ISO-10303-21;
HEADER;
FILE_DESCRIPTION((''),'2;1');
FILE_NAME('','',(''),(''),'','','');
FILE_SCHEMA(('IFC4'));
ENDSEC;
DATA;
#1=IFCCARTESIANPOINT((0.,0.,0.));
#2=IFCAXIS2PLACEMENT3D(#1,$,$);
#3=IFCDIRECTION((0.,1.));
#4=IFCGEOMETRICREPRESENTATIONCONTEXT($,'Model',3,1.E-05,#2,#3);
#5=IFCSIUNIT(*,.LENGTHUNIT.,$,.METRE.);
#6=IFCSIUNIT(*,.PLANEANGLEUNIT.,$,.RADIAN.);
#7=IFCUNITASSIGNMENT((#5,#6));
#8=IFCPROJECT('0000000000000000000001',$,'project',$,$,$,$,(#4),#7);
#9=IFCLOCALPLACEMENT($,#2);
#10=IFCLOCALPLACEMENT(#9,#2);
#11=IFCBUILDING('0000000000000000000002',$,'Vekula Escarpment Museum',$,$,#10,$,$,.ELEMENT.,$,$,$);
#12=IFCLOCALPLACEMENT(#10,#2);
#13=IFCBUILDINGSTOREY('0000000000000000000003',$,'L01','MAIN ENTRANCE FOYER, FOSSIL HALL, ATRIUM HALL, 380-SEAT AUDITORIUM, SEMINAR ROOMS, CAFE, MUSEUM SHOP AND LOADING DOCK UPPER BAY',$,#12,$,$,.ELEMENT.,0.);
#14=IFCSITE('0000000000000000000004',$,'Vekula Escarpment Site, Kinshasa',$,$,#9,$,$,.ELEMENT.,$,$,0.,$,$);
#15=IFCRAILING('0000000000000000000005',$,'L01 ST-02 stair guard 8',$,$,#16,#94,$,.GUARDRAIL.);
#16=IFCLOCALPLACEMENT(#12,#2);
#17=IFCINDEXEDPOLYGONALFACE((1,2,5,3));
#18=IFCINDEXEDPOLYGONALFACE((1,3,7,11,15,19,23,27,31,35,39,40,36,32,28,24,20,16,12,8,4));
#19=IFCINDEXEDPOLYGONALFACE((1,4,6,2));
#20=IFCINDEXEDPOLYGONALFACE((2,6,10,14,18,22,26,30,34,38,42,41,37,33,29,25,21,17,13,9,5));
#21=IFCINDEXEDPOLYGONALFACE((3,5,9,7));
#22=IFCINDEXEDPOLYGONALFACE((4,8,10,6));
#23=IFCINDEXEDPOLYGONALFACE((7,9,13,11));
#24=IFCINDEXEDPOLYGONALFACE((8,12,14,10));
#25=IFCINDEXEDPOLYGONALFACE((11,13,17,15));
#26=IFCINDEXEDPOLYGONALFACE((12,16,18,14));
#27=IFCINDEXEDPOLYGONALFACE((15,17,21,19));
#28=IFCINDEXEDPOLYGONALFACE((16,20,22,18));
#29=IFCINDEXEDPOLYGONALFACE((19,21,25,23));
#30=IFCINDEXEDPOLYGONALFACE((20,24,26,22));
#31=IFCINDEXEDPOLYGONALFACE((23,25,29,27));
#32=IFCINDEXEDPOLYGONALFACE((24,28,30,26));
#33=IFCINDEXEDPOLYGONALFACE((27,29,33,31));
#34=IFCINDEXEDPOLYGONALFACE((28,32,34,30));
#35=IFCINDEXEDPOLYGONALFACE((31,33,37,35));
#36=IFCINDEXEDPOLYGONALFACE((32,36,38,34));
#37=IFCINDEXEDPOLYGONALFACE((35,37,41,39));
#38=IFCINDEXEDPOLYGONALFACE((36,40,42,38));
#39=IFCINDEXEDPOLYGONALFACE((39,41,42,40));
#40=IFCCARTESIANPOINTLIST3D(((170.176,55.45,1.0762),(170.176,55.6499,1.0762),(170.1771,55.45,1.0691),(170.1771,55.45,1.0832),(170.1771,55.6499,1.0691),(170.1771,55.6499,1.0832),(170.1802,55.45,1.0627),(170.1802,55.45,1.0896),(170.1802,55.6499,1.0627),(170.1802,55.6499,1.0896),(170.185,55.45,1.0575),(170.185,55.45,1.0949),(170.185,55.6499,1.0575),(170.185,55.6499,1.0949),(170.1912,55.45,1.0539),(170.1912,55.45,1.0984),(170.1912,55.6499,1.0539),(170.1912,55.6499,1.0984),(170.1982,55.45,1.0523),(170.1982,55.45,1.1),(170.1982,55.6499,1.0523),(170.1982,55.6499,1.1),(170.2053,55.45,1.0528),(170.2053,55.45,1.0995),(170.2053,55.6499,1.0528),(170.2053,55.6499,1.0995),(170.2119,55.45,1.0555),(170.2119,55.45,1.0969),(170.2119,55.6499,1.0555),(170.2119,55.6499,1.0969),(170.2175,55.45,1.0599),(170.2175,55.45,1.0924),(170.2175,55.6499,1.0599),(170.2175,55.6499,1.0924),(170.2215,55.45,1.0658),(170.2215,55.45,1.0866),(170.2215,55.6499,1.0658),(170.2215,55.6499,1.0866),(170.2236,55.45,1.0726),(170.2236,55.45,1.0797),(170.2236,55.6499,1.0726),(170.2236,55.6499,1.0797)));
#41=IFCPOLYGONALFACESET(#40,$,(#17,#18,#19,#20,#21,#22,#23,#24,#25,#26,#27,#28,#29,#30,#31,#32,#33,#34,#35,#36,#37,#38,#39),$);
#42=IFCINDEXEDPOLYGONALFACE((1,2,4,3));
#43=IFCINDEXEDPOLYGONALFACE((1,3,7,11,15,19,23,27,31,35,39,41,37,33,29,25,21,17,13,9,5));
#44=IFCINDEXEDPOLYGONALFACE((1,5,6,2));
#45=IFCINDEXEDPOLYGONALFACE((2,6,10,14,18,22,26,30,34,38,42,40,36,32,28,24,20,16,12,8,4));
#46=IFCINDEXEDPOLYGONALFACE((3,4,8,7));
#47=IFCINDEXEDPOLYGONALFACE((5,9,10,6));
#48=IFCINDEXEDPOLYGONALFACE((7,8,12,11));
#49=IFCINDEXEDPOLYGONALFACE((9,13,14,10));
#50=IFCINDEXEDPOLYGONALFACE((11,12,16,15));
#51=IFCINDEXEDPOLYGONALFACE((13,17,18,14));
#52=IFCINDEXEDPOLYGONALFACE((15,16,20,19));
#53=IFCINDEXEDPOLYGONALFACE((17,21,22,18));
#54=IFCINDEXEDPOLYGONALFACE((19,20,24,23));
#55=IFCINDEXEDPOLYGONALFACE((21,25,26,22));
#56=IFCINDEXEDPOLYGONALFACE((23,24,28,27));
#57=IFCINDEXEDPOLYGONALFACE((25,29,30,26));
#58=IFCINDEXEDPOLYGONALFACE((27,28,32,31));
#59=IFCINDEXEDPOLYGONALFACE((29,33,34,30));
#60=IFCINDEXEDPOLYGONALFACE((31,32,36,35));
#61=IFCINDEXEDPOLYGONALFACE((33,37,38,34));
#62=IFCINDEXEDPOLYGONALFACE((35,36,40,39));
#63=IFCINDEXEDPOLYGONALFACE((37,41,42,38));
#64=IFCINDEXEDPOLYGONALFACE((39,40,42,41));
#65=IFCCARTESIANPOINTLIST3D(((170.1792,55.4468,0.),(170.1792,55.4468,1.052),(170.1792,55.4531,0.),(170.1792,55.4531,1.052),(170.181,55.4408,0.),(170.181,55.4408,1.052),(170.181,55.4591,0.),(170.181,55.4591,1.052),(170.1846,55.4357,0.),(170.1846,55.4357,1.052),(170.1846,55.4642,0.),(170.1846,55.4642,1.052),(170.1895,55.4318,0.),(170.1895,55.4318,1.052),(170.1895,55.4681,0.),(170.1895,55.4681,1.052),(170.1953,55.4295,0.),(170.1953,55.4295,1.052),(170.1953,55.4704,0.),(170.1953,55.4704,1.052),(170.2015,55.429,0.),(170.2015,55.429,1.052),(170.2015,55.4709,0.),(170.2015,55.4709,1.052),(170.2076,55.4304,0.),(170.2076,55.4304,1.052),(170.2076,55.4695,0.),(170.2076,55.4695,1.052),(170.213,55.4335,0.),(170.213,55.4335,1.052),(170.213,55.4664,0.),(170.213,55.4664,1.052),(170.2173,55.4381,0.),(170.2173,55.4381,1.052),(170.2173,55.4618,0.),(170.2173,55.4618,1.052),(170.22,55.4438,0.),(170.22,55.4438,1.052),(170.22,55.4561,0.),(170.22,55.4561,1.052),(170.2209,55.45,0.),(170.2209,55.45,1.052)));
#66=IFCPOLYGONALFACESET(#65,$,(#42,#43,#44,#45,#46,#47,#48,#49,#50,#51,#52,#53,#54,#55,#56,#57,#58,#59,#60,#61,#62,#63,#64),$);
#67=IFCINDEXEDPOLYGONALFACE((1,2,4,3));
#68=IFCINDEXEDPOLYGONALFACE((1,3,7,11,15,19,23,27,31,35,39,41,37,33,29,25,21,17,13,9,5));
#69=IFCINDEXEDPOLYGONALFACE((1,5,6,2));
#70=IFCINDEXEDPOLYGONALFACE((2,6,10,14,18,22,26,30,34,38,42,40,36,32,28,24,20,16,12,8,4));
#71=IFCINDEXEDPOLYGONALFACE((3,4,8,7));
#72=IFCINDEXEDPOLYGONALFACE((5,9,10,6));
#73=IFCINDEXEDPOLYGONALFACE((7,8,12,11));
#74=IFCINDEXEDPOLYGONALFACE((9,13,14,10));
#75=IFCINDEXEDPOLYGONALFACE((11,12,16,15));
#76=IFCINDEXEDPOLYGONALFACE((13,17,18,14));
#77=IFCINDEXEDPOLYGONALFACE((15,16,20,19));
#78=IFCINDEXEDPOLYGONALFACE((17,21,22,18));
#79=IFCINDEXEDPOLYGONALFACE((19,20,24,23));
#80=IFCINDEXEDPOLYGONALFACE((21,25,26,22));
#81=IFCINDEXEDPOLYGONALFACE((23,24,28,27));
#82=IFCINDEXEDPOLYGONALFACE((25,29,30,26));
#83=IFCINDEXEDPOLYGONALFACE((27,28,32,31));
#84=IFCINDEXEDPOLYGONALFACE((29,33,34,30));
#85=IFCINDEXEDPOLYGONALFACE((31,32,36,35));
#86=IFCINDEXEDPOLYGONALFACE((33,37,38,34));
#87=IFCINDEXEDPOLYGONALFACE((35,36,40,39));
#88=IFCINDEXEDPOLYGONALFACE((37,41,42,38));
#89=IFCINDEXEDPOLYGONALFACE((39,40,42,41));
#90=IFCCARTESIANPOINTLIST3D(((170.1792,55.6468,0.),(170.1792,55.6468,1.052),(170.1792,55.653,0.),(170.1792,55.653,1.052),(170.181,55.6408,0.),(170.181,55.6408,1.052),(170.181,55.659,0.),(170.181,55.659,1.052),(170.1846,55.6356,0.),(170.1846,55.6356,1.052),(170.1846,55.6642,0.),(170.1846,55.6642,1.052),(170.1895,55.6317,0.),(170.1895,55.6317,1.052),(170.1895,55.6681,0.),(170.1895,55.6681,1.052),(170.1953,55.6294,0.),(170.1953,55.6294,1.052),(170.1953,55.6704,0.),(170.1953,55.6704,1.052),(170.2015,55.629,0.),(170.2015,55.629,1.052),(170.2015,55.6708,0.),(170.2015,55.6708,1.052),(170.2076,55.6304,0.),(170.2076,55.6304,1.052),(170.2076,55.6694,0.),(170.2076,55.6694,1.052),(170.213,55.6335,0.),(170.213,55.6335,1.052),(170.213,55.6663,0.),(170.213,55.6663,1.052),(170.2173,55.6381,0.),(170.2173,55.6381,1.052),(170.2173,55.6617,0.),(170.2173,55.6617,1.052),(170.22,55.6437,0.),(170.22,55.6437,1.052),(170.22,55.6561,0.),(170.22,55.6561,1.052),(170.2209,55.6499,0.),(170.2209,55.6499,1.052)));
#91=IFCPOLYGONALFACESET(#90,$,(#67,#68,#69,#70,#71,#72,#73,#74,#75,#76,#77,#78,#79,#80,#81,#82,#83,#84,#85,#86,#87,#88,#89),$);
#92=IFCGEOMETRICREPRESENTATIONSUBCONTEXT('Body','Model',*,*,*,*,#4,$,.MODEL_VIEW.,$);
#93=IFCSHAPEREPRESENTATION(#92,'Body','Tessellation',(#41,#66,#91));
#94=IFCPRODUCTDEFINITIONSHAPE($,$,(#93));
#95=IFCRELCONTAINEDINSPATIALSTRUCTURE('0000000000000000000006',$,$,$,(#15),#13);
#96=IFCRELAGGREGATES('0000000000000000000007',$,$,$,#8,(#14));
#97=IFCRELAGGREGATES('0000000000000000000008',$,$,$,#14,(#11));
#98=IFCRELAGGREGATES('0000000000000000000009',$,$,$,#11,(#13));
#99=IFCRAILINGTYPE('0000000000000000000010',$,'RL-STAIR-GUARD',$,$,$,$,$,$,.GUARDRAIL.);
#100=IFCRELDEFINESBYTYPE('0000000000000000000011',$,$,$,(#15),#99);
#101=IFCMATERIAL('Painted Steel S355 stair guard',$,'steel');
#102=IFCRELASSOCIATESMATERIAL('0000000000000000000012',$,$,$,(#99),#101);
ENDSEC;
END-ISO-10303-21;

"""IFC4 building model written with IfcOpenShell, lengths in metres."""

from ifc_helpers import new_model, si_unit, direction, frame, origin, origin_2d, place, context, subcontext, project, spatial, circle, extrude, material, type_object, element, save


model = new_model("IFC4")

# Units and contexts
model_context = context("Model", 3, precision=1e-05, world=origin(), true_north=direction((0.0, 1.0)))
body_context = subcontext(model_context, "Body", "Model", "MODEL_VIEW")
ifc_project = project(units=[si_unit("LENGTHUNIT", "METRE"), si_unit("PLANEANGLEUNIT", "RADIAN")], contexts=[model_context])

# Site, building, storey
site_placement = place(None, origin())
site = spatial("IfcSite", under=ifc_project, at=site_placement, Name="Vekula Escarpment Site, Kinshasa", CompositionType="ELEMENT", RefElevation=0.0)
building_placement = place(site_placement, origin())
building = spatial("IfcBuilding", under=site, at=building_placement, Name="Vekula Escarpment Museum", CompositionType="ELEMENT")
storey_placement = place(building_placement, origin())
storey = spatial("IfcBuildingStorey", under=building, at=storey_placement, Name="L01", Description="MAIN ENTRANCE FOYER, FOSSIL HALL, ATRIUM HALL, 380-SEAT AUDITORIUM, SEMINAR ROOMS, CAFE, MUSEUM SHOP AND LOADING DOCK UPPER BAY", CompositionType="ELEMENT", Elevation=0.0)

# Railing
ifc_material_1 = material(Name="Painted Steel S355 stair guard", Category="steel")
railing_type_1 = type_object("IfcRailingType", Name="RL-STAIR-GUARD", PredefinedType="GUARDRAIL", material=ifc_material_1)
railing_1_placement = place(storey_placement, frame((170.2, 55.45, 0.0)))
element("IfcRailing", 1, at=railing_1_placement, inside=storey, type_object=railing_type_1, Name="L01 ST-02 stair guard 8", PredefinedType="GUARDRAIL", context=body_context, shape_type="SweptSolid", body=[
    extrude(circle(Radius=0.0239, at=origin_2d()), frame((0.0, 0.0, 1.0762), z_axis=(0.0, 1.0, 0.0), x_axis=(-1.0, 0.0, 0.0)), (0.0, 0.0, 1.0), 0.2),
    extrude(circle(Radius=0.021, at=origin_2d()), origin(), (0.0, 0.0, 1.0), 1.052),
    extrude(circle(Radius=0.021, at=origin_2d()), frame((0.0, 0.2, 0.0)), (0.0, 0.0, 1.0), 1.052),
])

save(model, "model.ifc")
